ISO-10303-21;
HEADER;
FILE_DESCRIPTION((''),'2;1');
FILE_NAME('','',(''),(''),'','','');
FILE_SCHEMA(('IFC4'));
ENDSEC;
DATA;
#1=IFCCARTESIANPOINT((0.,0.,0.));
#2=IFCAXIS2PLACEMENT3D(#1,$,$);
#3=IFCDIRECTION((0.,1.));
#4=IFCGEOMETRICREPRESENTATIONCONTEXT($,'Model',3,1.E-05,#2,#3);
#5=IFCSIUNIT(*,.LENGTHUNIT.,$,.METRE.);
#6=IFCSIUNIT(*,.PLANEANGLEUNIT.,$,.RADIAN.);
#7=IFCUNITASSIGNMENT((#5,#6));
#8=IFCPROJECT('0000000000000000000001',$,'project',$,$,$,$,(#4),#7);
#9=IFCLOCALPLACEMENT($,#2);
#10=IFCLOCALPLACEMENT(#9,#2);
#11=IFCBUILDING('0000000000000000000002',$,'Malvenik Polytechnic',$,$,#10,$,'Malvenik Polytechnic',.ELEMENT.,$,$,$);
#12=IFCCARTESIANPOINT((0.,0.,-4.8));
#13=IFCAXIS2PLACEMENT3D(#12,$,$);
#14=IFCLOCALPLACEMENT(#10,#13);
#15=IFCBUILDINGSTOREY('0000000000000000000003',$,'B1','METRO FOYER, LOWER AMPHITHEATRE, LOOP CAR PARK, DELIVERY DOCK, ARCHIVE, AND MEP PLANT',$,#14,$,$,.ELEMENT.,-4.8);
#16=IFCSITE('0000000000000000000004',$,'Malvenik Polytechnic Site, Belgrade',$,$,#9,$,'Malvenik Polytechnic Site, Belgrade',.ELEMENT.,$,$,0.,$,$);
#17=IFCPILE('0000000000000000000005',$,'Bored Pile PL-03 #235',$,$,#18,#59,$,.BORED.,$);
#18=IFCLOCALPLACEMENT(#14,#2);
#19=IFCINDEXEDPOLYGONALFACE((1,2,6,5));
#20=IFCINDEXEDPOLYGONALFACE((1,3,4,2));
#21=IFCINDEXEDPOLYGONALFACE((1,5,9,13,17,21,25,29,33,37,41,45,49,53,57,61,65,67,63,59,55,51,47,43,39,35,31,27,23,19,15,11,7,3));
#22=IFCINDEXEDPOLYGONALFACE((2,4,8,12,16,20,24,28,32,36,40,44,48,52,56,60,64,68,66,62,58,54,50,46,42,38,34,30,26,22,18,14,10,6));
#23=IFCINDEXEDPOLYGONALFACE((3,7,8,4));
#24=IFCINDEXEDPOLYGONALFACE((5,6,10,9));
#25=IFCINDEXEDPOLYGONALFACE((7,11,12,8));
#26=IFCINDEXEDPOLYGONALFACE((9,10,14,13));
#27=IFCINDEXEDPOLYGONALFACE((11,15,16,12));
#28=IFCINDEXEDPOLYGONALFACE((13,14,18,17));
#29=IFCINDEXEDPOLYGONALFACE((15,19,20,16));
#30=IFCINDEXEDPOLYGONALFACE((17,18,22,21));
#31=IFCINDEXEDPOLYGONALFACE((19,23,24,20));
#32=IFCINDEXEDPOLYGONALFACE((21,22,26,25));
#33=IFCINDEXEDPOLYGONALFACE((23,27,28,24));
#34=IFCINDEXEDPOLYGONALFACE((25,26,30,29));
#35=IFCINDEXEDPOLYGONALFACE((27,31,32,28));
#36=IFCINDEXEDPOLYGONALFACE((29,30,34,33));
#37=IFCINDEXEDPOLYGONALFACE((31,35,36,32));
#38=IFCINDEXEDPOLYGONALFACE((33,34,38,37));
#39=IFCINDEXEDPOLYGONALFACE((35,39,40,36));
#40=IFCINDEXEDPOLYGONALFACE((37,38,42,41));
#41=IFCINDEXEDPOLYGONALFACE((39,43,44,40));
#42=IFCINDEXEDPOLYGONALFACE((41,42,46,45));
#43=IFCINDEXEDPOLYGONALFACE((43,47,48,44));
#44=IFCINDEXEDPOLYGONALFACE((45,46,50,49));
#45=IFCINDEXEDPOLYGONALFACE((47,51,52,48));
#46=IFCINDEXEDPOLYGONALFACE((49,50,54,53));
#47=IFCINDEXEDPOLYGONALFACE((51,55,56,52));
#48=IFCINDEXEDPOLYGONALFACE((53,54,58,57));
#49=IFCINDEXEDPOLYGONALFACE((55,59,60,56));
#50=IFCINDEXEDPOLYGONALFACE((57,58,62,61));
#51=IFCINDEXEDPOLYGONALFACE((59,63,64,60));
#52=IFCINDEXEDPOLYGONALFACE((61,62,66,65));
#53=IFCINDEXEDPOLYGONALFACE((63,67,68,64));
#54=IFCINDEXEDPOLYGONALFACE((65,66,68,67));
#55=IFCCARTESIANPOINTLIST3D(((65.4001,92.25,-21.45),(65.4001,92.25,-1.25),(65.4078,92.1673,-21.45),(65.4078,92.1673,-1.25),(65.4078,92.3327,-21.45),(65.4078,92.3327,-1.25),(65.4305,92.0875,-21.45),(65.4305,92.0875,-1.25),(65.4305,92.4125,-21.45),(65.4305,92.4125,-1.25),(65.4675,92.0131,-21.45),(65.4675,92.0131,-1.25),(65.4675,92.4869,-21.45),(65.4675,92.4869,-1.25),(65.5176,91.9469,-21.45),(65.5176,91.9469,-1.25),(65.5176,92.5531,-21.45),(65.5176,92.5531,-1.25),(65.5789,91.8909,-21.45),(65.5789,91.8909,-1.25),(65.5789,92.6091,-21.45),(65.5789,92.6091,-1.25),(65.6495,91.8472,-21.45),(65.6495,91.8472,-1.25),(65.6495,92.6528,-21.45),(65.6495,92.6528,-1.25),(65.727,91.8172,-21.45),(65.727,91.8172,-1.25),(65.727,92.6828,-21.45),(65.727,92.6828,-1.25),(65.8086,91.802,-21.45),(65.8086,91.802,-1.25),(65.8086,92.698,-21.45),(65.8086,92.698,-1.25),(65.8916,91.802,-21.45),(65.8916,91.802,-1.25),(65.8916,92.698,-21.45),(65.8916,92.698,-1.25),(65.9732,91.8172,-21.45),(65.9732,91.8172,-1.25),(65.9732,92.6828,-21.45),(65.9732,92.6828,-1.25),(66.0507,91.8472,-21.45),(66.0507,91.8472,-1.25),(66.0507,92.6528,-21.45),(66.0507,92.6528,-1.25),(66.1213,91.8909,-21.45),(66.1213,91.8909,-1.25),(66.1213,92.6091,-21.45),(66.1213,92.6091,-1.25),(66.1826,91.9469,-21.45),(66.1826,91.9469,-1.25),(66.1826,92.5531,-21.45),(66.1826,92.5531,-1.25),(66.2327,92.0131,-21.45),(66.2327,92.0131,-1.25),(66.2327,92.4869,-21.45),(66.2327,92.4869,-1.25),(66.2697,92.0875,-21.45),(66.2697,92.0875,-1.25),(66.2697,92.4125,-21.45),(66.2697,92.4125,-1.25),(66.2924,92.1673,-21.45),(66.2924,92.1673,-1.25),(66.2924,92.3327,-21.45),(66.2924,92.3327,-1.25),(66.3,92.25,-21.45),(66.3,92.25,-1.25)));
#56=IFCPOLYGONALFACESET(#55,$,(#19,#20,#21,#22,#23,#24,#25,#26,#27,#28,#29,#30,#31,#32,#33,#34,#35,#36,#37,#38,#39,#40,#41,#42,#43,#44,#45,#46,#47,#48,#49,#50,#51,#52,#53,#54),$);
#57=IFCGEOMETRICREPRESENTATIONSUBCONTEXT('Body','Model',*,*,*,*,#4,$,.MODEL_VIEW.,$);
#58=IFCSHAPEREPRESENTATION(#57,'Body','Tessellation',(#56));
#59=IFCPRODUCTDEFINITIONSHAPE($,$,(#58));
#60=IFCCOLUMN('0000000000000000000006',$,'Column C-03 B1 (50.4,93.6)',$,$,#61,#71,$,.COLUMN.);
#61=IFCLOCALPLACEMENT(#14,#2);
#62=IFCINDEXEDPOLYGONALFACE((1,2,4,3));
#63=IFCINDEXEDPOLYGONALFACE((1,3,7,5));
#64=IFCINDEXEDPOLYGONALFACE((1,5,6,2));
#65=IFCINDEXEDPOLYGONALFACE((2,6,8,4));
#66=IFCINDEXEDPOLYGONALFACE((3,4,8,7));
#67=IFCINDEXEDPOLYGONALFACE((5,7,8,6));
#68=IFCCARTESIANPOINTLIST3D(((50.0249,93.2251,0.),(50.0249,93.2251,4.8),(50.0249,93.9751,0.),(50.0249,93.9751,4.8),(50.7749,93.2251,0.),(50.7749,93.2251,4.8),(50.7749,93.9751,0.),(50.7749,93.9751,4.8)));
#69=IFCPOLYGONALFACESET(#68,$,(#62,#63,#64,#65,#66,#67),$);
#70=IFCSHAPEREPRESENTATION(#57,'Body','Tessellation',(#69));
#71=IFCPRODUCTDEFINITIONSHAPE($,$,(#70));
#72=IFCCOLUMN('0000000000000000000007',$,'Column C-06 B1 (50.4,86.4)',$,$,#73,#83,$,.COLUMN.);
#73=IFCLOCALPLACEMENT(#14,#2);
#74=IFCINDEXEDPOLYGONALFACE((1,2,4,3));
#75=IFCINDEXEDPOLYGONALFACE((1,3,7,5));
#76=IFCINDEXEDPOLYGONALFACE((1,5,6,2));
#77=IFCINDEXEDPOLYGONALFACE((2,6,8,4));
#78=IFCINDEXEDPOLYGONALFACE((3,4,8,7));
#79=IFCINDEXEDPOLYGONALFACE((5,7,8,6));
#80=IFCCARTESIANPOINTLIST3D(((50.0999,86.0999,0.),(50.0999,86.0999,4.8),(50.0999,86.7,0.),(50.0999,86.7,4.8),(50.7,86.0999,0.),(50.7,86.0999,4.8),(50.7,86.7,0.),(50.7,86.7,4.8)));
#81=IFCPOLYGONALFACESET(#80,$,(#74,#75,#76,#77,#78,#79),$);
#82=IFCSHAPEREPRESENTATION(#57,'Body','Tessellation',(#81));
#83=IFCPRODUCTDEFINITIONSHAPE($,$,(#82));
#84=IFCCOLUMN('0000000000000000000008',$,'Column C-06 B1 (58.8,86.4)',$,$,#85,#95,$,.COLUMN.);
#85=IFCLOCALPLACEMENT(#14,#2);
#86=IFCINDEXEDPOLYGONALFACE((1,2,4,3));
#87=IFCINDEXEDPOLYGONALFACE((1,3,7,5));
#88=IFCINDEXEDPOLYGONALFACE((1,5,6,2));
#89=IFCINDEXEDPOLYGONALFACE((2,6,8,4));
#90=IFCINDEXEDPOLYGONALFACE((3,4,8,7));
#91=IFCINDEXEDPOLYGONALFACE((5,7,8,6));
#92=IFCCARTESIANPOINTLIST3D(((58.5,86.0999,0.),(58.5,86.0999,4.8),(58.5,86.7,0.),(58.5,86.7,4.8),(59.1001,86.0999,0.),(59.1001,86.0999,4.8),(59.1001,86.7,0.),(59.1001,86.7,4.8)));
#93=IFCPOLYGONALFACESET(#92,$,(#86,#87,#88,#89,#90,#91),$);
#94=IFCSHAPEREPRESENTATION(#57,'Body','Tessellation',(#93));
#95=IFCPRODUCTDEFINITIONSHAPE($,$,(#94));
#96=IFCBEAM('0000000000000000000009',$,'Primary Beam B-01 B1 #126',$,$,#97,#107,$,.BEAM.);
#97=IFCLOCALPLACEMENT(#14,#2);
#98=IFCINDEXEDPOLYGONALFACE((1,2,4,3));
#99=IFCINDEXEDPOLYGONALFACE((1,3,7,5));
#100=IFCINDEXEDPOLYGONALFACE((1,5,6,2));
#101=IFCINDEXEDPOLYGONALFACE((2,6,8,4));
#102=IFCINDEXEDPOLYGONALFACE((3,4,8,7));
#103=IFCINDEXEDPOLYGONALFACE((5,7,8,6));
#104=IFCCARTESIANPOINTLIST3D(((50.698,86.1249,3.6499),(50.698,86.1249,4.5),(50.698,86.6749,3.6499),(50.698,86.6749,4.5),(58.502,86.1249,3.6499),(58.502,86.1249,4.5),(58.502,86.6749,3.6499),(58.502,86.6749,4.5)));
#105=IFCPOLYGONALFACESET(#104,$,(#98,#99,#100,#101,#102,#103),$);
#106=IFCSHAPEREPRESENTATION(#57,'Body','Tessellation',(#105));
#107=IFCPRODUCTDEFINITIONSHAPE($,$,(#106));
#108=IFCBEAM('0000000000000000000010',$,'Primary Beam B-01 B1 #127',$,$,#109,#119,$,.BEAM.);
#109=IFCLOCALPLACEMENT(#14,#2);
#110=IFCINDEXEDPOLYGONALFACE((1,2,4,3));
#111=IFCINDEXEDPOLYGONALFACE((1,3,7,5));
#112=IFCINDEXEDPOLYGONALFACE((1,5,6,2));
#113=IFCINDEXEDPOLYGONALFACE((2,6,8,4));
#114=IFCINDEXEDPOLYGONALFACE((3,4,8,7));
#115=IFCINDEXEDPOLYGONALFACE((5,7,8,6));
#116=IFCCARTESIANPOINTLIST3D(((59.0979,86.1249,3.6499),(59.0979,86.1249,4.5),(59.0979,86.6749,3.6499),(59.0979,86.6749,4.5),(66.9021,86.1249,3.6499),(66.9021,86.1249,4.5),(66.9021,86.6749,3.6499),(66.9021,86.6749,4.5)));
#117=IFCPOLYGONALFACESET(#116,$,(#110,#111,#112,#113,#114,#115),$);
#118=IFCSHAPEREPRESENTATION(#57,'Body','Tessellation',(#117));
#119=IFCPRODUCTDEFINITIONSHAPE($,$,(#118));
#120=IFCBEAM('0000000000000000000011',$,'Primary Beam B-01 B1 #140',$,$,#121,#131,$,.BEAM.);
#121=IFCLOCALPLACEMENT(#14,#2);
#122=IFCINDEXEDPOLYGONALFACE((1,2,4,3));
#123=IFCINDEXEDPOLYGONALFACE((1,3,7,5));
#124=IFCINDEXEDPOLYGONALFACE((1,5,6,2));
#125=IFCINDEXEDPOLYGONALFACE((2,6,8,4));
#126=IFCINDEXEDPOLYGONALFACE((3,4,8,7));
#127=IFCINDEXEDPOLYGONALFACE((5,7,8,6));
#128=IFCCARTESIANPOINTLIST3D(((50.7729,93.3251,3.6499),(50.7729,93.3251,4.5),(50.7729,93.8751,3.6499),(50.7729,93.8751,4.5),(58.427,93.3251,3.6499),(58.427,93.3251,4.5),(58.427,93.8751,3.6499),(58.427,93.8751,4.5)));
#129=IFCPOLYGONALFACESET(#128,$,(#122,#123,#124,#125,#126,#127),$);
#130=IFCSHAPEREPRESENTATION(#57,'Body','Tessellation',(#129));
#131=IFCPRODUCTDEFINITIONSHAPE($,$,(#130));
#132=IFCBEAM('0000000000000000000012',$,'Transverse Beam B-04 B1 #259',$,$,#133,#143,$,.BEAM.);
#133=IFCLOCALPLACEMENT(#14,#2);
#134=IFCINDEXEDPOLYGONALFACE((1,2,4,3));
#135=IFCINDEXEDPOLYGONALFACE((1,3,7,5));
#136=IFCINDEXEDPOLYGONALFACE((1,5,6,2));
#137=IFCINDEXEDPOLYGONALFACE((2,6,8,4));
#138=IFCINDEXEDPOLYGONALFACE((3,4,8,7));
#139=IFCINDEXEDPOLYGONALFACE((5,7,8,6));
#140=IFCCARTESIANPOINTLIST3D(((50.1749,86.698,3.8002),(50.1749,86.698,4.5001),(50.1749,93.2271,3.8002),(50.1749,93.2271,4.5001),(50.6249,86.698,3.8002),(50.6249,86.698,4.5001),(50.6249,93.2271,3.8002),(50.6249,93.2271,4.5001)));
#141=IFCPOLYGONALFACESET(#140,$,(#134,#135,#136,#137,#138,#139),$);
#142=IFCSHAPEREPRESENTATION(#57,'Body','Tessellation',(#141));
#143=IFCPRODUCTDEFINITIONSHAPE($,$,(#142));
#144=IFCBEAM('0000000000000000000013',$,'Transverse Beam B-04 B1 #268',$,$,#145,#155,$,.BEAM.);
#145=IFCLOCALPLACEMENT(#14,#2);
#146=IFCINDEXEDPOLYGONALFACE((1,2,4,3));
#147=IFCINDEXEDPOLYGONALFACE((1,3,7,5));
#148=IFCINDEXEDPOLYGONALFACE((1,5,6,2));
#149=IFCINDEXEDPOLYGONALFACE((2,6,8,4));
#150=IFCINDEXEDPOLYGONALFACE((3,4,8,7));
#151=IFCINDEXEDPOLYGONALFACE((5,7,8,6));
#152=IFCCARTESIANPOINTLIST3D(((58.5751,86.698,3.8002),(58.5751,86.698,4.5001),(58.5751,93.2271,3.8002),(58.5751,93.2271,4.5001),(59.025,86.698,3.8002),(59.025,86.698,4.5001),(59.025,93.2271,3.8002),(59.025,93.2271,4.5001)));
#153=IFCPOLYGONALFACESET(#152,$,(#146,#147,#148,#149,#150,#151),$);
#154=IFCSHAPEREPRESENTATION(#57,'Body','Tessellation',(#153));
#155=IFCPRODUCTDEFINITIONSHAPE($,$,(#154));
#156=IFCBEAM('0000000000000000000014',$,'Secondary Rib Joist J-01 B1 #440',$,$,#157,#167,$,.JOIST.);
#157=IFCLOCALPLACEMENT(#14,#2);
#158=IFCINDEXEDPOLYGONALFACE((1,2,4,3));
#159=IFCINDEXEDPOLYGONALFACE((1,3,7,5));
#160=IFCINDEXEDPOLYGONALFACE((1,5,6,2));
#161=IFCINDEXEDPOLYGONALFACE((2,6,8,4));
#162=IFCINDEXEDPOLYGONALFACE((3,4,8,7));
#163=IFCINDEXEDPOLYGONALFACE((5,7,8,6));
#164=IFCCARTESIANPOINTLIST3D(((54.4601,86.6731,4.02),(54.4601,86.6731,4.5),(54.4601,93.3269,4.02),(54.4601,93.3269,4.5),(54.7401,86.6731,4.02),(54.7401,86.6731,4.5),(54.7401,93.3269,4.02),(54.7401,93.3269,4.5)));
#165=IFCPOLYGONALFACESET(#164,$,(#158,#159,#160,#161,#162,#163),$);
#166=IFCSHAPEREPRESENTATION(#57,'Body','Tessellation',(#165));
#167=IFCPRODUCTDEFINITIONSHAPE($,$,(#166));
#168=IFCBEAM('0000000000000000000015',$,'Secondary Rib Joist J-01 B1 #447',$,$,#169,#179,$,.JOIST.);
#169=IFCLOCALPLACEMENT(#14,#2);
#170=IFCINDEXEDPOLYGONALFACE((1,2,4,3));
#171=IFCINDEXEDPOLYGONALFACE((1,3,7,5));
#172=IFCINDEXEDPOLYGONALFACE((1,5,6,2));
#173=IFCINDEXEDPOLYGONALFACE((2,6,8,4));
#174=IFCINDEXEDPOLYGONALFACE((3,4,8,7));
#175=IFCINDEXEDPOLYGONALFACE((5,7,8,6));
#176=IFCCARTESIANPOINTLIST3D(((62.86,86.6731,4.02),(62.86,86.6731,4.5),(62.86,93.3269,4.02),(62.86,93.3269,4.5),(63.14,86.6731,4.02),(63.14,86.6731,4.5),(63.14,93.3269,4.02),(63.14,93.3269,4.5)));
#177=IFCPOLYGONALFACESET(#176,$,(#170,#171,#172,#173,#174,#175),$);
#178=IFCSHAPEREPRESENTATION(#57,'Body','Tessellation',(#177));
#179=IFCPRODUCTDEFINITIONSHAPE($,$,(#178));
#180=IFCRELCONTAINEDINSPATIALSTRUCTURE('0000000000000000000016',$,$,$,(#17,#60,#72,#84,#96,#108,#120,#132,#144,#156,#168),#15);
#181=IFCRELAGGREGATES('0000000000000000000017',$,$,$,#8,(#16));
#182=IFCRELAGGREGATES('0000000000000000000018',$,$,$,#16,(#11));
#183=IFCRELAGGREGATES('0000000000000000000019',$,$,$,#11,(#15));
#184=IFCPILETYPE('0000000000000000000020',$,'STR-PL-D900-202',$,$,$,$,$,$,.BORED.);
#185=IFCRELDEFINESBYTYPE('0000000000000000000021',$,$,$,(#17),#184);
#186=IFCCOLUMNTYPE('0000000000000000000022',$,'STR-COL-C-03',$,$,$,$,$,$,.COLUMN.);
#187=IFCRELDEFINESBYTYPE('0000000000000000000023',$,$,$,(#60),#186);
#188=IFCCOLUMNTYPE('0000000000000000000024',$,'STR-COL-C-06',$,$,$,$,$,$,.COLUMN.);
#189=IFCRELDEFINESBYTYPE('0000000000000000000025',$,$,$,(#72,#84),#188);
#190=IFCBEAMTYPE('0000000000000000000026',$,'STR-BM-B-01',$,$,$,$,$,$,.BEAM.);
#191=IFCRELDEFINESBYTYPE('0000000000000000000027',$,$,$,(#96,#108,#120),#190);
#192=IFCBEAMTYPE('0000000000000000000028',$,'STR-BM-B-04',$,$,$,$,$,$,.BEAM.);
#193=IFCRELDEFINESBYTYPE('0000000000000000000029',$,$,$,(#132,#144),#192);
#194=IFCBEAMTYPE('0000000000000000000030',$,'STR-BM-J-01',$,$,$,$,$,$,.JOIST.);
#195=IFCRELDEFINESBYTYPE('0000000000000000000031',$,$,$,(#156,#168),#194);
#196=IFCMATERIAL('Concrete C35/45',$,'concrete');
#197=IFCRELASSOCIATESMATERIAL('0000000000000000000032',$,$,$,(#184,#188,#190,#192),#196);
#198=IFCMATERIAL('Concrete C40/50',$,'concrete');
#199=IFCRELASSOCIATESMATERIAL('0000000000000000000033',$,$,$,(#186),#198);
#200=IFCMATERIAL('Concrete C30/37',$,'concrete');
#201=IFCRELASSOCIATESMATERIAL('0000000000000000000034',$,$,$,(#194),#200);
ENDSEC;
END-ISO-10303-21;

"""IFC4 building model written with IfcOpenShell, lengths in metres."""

from ifc_helpers import new_model, si_unit, direction, frame, origin, origin_2d, place, context, subcontext, project, spatial, rectangle, circle, extrude, material, material_profile, profile_set, type_object, element, save


model = new_model("IFC4")

# Units and contexts
model_context = context("Model", 3, precision=1e-05, world=origin(), true_north=direction((0.0, 1.0)))
body_context = subcontext(model_context, "Body", "Model", "MODEL_VIEW")
ifc_project = project(units=[si_unit("LENGTHUNIT", "METRE"), si_unit("PLANEANGLEUNIT", "RADIAN")], contexts=[model_context])

# Site, building, storey
site_placement = place(None, origin())
site = spatial("IfcSite", under=ifc_project, at=site_placement, Name="Malvenik Polytechnic Site, Belgrade", LongName="Malvenik Polytechnic Site, Belgrade", CompositionType="ELEMENT", RefElevation=0.0)
building_placement = place(site_placement, origin())
building = spatial("IfcBuilding", under=site, at=building_placement, Name="Malvenik Polytechnic", LongName="Malvenik Polytechnic", CompositionType="ELEMENT")
storey_placement = place(building_placement, frame((0.0, 0.0, -4.8)))
storey = spatial("IfcBuildingStorey", under=building, at=storey_placement, Name="B1", Description="METRO FOYER, LOWER AMPHITHEATRE, LOOP CAR PARK, DELIVERY DOCK, ARCHIVE, AND MEP PLANT", CompositionType="ELEMENT", Elevation=-4.8)

# Shared definitions
ifc_material_1 = material(Name="Concrete C35/45", Category="concrete")

# Pile
ifc_material_profile_1 = material_profile(ifc_material_1, circle(Radius=0.45, at=origin_2d()), Name="BORED PILE D900")
ifc_profile_set_1 = profile_set([ifc_material_profile_1], Name="Concrete C35/45")
pile_type = type_object("IfcPileType", Name="STR-PL-D900-202", PredefinedType="BORED", material=ifc_profile_set_1)
for number, where, z_axis, x_axis, name in (
    (1, (65.8501, 92.25, -1.25), (0.0, 0.0, -1.0), (1.0, 0.0, 0.0), "Bored Pile PL-03 #235"),
):
    element("IfcPile", number, at=place(storey_placement, frame(where, z_axis=z_axis, x_axis=x_axis)), inside=storey, type_object=pile_type, Name=name, PredefinedType="BORED", context=body_context, shape_type="SweptSolid", body=[
        extrude(circle(Radius=0.45, at=origin_2d()), origin(), (0.0, 0.0, 1.0), 20.2),
    ])

# Columns
ifc_material_2 = material(Name="Concrete C40/50", Category="concrete")
ifc_material_profile_2 = material_profile(ifc_material_2, rectangle(XDim=0.75, YDim=0.75, at=origin_2d()), Name="RC COL 750x750")
ifc_profile_set_2 = profile_set([ifc_material_profile_2], Name="Concrete C40/50")
column_type_1 = type_object("IfcColumnType", Name="STR-COL-C-03", PredefinedType="COLUMN", material=ifc_profile_set_2)
column_placement = place(storey_placement, frame((50.3999, 93.6001, 0.0), z_axis=(0.0, 0.0, 1.0), x_axis=(1.0, 0.0, 0.0)))
element("IfcColumn", 2, at=column_placement, inside=storey, type_object=column_type_1, Name="Column C-03 B1 (50.4,93.6)", PredefinedType="COLUMN", context=body_context, shape_type="SweptSolid", body=[
    extrude(rectangle(XDim=0.75, YDim=0.75, at=origin_2d()), origin(), (0.0, 0.0, 1.0), 4.8),
])
ifc_material_profile_3 = material_profile(ifc_material_1, rectangle(XDim=0.6001, YDim=0.6001, at=origin_2d()), Name="RC COL 600x600")
ifc_profile_set_3 = profile_set([ifc_material_profile_3], Name="Concrete C35/45")
column_type_2 = type_object("IfcColumnType", Name="STR-COL-C-06", PredefinedType="COLUMN", material=ifc_profile_set_3)
for number, where, z_axis, x_axis, name in (
    (3, (50.3999, 86.3999, 0.0), (0.0, 0.0, 1.0), (1.0, 0.0, 0.0), "Column C-06 B1 (50.4,86.4)"),
    (4, (58.8, 86.3999, 0.0), (0.0, 0.0, 1.0), (1.0, 0.0, 0.0), "Column C-06 B1 (58.8,86.4)"),
):
    element("IfcColumn", number, at=place(storey_placement, frame(where, z_axis=z_axis, x_axis=x_axis)), inside=storey, type_object=column_type_2, Name=name, PredefinedType="COLUMN", context=body_context, shape_type="SweptSolid", body=[
        extrude(rectangle(XDim=0.6001, YDim=0.6001, at=origin_2d()), origin(), (0.0, 0.0, 1.0), 4.8),
    ])

# Beams
ifc_material_profile_4 = material_profile(ifc_material_1, rectangle(XDim=0.55, YDim=0.8501, at=origin_2d()), Name="RC BM 550x850")
ifc_profile_set_4 = profile_set([ifc_material_profile_4], Name="Concrete C35/45")
beam_type_1 = type_object("IfcBeamType", Name="STR-BM-B-01", PredefinedType="BEAM", material=ifc_profile_set_4)
beam_1_placement = place(storey_placement, frame((50.698, 86.3999, 4.075), z_axis=(1.0, 0.0, 0.0), x_axis=(0.0, 1.0, 0.0)))
element("IfcBeam", 5, at=beam_1_placement, inside=storey, type_object=beam_type_1, Name="Primary Beam B-01 B1 #126", PredefinedType="BEAM", context=body_context, shape_type="SweptSolid", body=[
    extrude(rectangle(XDim=0.55, YDim=0.8501, at=origin_2d()), origin(), (0.0, 0.0, 1.0), 7.804),
])
beam_2_placement = place(storey_placement, frame((59.0979, 86.3999, 4.075), z_axis=(1.0, 0.0, 0.0), x_axis=(0.0, 1.0, 0.0)))
element("IfcBeam", 6, at=beam_2_placement, inside=storey, type_object=beam_type_1, Name="Primary Beam B-01 B1 #127", PredefinedType="BEAM", context=body_context, shape_type="SweptSolid", body=[
    extrude(rectangle(XDim=0.55, YDim=0.8501, at=origin_2d()), origin(), (0.0, 0.0, 1.0), 7.8042),
])
beam_3_placement = place(storey_placement, frame((50.7729, 93.6001, 4.075), z_axis=(1.0, 0.0, 0.0), x_axis=(0.0, 1.0, 0.0)))
element("IfcBeam", 7, at=beam_3_placement, inside=storey, type_object=beam_type_1, Name="Primary Beam B-01 B1 #140", PredefinedType="BEAM", context=body_context, shape_type="SweptSolid", body=[
    extrude(rectangle(XDim=0.55, YDim=0.8501, at=origin_2d()), origin(), (0.0, 0.0, 1.0), 7.6541),
])
ifc_material_profile_5 = material_profile(ifc_material_1, rectangle(XDim=0.45, YDim=0.7, at=origin_2d()), Name="RC BM 450x700")
ifc_profile_set_5 = profile_set([ifc_material_profile_5], Name="Concrete C35/45")
beam_type_2 = type_object("IfcBeamType", Name="STR-BM-B-04", PredefinedType="BEAM", material=ifc_profile_set_5)
for number, where, z_axis, x_axis, name in (
    (8, (50.3999, 86.698, 4.1501), (0.0, 1.0, 0.0), (-1.0, 0.0, 0.0), "Transverse Beam B-04 B1 #259"),
    (9, (58.8, 86.698, 4.1501), (0.0, 1.0, 0.0), (-1.0, 0.0, 0.0), "Transverse Beam B-04 B1 #268"),
):
    element("IfcBeam", number, at=place(storey_placement, frame(where, z_axis=z_axis, x_axis=x_axis)), inside=storey, type_object=beam_type_2, Name=name, PredefinedType="BEAM", context=body_context, shape_type="SweptSolid", body=[
        extrude(rectangle(XDim=0.45, YDim=0.7, at=origin_2d()), origin(), (0.0, 0.0, 1.0), 6.5291),
    ])
ifc_material_3 = material(Name="Concrete C30/37", Category="concrete")
ifc_material_profile_6 = material_profile(ifc_material_3, rectangle(XDim=0.28, YDim=0.48, at=origin_2d()), Name="RC JST 280x480")
ifc_profile_set_6 = profile_set([ifc_material_profile_6], Name="Concrete C30/37")
beam_type_3 = type_object("IfcBeamType", Name="STR-BM-J-01", PredefinedType="JOIST", material=ifc_profile_set_6)
for number, where, z_axis, x_axis, name in (
    (10, (54.6001, 86.6731, 4.26), (0.0, 1.0, 0.0), (-1.0, 0.0, 0.0), "Secondary Rib Joist J-01 B1 #440"),
    (11, (63.0, 86.6731, 4.26), (0.0, 1.0, 0.0), (-1.0, 0.0, 0.0), "Secondary Rib Joist J-01 B1 #447"),
):
    element("IfcBeam", number, at=place(storey_placement, frame(where, z_axis=z_axis, x_axis=x_axis)), inside=storey, type_object=beam_type_3, Name=name, PredefinedType="JOIST", context=body_context, shape_type="SweptSolid", body=[
        extrude(rectangle(XDim=0.28, YDim=0.48, at=origin_2d()), origin(), (0.0, 0.0, 1.0), 6.6538),
    ])

save(model, "model.ifc")
